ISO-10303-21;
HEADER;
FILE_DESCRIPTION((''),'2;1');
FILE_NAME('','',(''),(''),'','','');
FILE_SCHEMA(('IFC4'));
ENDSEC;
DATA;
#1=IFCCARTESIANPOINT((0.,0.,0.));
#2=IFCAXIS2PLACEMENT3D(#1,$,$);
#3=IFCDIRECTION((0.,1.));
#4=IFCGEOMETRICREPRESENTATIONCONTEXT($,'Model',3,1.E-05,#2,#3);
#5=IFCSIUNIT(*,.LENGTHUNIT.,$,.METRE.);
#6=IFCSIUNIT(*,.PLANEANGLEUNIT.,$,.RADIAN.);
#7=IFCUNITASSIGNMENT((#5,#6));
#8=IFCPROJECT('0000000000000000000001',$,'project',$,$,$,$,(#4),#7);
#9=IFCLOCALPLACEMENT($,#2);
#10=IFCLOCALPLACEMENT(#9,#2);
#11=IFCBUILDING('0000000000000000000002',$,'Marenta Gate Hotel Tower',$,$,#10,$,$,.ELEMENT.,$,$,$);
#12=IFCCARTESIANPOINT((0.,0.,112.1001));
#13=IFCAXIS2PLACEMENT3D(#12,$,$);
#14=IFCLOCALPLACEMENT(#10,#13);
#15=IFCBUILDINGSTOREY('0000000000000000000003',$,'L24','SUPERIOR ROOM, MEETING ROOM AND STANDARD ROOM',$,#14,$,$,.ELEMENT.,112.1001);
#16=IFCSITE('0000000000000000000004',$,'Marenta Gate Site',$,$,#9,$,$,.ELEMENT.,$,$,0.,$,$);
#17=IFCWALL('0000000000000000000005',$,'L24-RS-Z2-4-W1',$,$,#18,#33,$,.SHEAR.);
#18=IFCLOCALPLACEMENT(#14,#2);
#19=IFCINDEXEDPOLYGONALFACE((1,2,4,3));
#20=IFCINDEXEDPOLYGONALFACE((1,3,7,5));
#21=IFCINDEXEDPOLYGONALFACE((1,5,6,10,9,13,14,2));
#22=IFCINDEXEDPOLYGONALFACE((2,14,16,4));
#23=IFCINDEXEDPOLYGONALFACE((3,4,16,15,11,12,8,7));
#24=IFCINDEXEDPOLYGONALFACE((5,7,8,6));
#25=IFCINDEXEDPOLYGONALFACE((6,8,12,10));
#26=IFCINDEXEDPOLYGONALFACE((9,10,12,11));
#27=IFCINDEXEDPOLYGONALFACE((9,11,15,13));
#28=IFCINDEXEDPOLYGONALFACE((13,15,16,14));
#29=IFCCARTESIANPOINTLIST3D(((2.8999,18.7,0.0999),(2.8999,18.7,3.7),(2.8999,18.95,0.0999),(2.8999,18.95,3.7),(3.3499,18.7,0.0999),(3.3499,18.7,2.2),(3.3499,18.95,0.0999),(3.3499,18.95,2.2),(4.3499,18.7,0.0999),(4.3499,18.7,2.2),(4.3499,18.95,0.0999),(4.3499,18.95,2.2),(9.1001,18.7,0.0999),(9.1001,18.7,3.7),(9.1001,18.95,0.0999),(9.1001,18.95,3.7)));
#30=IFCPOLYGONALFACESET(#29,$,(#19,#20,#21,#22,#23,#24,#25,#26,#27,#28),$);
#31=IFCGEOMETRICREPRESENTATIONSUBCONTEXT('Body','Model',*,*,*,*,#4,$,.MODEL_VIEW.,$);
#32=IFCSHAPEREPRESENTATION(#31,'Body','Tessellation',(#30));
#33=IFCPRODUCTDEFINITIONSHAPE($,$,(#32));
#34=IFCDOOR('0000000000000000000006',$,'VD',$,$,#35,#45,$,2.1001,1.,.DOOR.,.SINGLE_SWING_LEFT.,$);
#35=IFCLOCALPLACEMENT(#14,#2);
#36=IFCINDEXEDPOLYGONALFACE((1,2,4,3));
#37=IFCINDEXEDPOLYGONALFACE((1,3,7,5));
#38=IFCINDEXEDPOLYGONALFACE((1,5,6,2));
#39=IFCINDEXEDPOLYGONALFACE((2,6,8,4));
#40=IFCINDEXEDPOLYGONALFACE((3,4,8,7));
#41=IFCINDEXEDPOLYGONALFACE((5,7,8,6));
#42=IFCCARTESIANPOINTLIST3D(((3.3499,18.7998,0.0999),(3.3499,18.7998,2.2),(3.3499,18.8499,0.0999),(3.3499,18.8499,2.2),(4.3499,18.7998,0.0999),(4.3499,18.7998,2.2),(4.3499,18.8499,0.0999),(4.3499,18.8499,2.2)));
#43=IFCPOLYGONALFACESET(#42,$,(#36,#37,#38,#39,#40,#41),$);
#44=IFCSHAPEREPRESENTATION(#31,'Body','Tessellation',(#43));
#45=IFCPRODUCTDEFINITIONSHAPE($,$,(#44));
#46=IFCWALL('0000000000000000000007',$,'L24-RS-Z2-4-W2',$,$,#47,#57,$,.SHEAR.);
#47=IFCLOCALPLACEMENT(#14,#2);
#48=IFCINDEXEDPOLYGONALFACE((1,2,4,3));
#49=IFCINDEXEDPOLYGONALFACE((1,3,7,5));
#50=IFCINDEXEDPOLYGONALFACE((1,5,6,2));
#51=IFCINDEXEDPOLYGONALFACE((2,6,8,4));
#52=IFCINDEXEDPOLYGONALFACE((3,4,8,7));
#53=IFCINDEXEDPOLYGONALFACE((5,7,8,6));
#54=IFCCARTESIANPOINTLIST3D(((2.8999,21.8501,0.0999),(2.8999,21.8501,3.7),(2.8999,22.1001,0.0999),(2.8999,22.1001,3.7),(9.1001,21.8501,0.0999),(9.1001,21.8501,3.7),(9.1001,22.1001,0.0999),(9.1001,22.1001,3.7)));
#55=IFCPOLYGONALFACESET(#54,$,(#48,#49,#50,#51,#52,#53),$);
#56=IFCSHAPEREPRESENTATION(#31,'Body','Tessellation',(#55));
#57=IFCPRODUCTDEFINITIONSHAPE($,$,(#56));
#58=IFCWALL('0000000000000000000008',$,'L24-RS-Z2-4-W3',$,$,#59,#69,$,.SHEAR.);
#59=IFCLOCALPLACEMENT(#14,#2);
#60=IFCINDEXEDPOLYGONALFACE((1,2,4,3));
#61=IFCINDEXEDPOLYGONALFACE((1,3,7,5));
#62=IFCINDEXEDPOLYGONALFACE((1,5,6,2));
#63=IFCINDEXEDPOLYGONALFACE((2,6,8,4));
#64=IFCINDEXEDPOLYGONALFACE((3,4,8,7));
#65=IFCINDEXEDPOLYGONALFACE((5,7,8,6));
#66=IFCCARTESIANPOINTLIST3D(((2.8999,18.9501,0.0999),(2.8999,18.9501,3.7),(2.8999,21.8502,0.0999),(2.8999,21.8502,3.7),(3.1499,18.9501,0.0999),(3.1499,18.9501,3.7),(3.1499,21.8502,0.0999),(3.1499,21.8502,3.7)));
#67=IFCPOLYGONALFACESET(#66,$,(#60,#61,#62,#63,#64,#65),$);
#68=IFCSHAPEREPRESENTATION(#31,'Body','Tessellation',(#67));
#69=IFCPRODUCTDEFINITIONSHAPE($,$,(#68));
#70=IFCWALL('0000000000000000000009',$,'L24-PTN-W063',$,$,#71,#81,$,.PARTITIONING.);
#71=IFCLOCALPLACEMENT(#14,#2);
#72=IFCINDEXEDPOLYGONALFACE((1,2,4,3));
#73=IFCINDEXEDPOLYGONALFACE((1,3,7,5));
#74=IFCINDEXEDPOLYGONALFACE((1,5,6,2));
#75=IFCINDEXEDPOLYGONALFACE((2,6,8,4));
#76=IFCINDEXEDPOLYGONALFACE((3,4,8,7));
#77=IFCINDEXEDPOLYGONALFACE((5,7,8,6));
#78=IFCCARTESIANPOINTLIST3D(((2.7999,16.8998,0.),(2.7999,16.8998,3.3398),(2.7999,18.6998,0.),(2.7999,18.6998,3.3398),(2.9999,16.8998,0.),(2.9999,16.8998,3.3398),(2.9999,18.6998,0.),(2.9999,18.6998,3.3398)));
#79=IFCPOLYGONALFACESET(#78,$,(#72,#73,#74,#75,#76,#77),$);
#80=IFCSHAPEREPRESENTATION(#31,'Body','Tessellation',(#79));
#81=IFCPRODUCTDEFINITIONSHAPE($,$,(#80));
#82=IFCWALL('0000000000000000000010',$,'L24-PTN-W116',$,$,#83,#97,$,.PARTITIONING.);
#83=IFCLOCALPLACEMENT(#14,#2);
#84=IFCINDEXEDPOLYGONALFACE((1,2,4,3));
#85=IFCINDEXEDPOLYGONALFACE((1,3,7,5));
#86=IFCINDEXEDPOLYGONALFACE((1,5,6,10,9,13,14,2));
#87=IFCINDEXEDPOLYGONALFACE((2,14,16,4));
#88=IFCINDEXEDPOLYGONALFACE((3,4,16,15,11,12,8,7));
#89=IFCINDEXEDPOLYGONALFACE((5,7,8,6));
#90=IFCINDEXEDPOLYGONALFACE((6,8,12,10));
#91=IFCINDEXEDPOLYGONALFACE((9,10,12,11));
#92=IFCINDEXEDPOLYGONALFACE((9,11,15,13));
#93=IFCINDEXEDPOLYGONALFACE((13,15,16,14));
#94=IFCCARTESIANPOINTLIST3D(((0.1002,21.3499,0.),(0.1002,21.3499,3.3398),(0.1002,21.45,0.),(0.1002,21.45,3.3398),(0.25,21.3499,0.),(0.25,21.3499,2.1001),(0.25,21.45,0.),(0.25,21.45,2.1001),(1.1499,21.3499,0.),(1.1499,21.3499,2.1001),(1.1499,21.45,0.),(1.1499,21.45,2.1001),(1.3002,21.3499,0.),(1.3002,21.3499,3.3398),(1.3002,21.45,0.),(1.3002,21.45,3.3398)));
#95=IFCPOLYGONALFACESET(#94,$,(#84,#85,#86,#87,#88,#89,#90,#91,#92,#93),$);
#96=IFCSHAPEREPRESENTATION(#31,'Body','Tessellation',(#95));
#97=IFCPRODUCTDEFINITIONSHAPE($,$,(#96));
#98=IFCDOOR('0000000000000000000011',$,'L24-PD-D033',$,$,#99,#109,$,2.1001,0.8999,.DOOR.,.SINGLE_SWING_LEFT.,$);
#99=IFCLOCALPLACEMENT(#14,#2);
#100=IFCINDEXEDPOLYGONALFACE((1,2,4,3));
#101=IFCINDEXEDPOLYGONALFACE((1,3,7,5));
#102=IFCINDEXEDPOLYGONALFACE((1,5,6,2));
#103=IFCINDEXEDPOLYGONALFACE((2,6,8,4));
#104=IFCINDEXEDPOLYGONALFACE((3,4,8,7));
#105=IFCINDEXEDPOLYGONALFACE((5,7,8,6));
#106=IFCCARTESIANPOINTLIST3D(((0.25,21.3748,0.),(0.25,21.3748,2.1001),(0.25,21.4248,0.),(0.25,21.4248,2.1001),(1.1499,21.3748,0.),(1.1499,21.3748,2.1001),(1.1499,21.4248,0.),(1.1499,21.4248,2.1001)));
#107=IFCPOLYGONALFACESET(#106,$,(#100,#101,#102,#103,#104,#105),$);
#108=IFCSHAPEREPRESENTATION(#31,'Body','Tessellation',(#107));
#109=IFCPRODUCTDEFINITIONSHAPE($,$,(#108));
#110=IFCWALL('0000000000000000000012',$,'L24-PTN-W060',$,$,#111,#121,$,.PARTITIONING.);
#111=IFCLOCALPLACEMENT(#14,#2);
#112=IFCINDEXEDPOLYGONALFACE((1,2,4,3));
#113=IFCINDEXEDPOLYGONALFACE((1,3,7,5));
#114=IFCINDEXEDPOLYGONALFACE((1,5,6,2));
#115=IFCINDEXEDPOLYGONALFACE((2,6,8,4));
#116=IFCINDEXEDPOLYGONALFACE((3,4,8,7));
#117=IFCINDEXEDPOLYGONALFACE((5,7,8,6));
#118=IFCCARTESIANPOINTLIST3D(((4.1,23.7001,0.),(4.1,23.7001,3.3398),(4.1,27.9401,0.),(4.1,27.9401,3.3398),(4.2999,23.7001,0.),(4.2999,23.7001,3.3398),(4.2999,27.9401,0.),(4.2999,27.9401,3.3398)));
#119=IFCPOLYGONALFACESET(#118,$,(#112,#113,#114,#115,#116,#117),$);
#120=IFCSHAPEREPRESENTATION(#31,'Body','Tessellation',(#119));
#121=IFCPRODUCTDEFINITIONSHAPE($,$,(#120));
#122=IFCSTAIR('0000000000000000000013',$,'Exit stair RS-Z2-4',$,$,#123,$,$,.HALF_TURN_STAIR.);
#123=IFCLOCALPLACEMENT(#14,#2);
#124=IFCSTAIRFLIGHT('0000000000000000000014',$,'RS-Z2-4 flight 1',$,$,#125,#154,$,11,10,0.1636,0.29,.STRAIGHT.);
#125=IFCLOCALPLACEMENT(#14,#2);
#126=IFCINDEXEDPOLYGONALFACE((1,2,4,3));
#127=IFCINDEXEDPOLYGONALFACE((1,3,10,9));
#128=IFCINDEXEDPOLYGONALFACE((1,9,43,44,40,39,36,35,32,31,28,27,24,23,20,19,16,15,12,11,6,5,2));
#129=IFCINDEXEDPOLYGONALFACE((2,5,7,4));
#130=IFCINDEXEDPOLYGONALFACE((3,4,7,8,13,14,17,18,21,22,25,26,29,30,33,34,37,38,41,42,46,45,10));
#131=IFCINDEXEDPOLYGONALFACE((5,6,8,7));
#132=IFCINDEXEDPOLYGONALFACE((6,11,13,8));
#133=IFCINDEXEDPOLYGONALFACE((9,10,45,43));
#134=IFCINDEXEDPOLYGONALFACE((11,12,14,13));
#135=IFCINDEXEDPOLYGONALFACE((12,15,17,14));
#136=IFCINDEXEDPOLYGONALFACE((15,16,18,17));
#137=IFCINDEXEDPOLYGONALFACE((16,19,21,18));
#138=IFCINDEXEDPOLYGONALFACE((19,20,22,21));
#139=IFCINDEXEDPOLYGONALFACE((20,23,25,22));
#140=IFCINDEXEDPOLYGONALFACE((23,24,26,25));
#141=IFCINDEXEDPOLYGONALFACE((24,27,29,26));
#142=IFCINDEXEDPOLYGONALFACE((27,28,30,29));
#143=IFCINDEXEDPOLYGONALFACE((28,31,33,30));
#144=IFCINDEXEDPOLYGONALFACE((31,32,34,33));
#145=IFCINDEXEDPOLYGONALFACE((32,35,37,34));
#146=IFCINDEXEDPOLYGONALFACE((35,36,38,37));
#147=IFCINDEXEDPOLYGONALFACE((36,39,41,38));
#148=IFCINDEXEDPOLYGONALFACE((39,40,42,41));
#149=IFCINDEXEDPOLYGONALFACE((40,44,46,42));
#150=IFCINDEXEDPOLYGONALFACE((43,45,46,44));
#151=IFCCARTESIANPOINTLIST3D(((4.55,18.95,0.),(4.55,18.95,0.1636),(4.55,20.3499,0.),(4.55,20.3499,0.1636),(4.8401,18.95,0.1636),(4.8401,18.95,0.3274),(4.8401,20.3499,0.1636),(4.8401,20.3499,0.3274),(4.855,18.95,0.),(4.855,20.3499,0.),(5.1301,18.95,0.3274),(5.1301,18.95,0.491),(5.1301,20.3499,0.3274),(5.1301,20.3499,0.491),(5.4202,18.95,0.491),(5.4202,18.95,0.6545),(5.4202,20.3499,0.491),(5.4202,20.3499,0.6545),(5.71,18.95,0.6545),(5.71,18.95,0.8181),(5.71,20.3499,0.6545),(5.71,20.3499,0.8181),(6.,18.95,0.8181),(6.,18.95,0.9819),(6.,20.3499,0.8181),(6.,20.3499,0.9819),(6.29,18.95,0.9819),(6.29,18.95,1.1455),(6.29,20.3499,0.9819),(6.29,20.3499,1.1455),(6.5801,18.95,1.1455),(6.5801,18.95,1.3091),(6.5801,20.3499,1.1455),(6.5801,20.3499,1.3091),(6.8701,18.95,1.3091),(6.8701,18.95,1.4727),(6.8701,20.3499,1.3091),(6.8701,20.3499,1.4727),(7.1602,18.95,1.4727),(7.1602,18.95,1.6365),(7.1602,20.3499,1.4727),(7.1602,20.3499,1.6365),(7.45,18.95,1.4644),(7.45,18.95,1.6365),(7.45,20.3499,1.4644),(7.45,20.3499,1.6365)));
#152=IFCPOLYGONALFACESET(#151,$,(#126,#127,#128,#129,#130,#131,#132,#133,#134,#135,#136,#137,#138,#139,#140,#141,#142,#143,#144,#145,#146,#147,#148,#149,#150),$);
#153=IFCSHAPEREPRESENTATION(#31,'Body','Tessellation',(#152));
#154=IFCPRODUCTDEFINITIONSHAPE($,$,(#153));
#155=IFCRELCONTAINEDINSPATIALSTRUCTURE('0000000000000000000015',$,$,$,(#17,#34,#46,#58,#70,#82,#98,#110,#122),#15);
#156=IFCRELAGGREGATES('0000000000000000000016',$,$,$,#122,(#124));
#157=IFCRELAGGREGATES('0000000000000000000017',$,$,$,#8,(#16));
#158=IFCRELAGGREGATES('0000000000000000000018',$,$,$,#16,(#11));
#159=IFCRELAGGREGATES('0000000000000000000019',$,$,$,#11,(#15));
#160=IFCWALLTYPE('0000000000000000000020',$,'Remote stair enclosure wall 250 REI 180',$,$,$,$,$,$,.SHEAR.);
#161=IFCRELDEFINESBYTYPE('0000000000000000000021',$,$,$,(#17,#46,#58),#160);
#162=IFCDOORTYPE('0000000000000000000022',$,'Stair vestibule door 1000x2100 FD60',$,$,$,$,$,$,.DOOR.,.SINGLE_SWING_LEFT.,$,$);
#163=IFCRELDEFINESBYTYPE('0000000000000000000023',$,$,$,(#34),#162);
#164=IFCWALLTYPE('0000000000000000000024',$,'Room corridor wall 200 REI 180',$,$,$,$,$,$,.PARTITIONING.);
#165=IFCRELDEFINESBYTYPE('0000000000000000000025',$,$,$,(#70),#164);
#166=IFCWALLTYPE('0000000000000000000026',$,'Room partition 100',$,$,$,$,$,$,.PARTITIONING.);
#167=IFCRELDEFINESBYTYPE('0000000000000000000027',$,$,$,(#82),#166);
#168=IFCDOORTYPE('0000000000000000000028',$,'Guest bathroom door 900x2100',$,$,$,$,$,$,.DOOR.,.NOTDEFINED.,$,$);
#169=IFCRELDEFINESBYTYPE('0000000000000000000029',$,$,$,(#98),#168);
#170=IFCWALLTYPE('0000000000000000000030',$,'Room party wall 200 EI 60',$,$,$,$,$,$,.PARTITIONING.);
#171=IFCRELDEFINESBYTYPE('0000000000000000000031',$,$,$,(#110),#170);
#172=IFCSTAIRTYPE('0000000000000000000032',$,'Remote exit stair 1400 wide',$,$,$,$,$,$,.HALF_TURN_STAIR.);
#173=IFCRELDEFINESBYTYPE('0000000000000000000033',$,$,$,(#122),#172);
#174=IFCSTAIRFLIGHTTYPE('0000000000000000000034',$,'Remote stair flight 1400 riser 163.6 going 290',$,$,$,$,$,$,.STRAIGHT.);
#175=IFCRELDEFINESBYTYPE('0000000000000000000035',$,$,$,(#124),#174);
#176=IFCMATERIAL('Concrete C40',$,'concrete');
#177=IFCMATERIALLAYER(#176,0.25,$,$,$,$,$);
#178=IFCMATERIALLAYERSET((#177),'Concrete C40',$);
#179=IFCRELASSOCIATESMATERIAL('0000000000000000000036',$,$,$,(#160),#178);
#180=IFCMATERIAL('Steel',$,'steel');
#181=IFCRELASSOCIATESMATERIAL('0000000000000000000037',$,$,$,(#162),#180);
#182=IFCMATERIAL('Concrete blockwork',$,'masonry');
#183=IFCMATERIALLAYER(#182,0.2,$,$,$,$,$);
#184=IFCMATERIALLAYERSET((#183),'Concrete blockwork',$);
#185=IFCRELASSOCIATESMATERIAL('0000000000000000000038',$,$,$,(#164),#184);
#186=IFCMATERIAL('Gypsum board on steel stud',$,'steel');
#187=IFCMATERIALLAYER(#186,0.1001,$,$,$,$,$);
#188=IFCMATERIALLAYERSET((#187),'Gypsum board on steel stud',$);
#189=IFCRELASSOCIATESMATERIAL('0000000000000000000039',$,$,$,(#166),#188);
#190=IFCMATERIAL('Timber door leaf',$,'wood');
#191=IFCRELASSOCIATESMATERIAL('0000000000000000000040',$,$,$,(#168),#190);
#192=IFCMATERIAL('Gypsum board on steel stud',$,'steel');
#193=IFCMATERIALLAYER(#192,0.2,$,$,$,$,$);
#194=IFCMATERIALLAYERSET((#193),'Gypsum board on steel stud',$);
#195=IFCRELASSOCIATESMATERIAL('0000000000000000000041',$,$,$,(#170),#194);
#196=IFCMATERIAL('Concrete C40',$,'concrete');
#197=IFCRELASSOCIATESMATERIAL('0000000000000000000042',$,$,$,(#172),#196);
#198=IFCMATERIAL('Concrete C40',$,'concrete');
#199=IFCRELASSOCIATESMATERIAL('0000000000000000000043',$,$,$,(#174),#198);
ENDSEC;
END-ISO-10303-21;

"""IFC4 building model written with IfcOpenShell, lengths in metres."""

from ifc_helpers import new_model, si_unit, direction, frame, frame_2d, origin, place, context, subcontext, project, spatial, polyline, rectangle, outline, extrude, material, layer, layer_set, type_object, element, fill, aggregate, save


model = new_model("IFC4")

# Units and contexts
model_context = context("Model", 3, precision=1e-05, world=origin(), true_north=direction((0.0, 1.0)))
body_context = subcontext(model_context, "Body", "Model", "MODEL_VIEW")
ifc_project = project(units=[si_unit("LENGTHUNIT", "METRE"), si_unit("PLANEANGLEUNIT", "RADIAN")], contexts=[model_context])

# Site, building, storey
site_placement = place(None, origin())
site = spatial("IfcSite", under=ifc_project, at=site_placement, Name="Marenta Gate Site", CompositionType="ELEMENT", RefElevation=0.0)
building_placement = place(site_placement, origin())
building = spatial("IfcBuilding", under=site, at=building_placement, Name="Marenta Gate Hotel Tower", CompositionType="ELEMENT")
storey_placement = place(building_placement, frame((0.0, 0.0, 112.1001)))
storey = spatial("IfcBuildingStorey", under=building, at=storey_placement, Name="L24", Description="SUPERIOR ROOM, MEETING ROOM AND STANDARD ROOM", CompositionType="ELEMENT", Elevation=112.1001)

# Wall, opening, door
ifc_material_1 = material(Name="Concrete C40", Category="concrete")
ifc_layer_1 = layer(ifc_material_1, 0.25)
ifc_layer_set_1 = layer_set([ifc_layer_1], Name="Concrete C40")
wall_type_1 = type_object("IfcWallType", Name="Remote stair enclosure wall 250 REI 180", PredefinedType="SHEAR", material=ifc_layer_set_1)
wall_1_placement = place(storey_placement, frame((2.8999, 18.825, 0.0999), z_axis=(0.0, 0.0, 1.0), x_axis=(1.0, 0.0, 0.0)))
wall_1 = element("IfcWall", 1, at=wall_1_placement, inside=storey, type_object=wall_type_1, Name="L24-RS-Z2-4-W1", PredefinedType="SHEAR", context=body_context, shape_type="SweptSolid", body=[
    extrude(rectangle(XDim=6.2002, YDim=0.25, at=frame_2d((3.1001, 0.0))), origin(), (0.0, 0.0, 1.0), 3.6001),
])
opening_1_placement = place(wall_1_placement, frame((0.45, 0.0, 0.0)))
opening_1 = element("IfcOpeningElement", 2, at=opening_1_placement, cuts=wall_1, PredefinedType="OPENING", context=body_context, shape_type="SweptSolid", body=[
    extrude(rectangle(XDim=1.0, YDim=2.1001, at=frame_2d((0.5, 1.05))), frame((0.0, 0.125, 0.0), z_axis=(0.0, -1.0, 0.0), x_axis=(1.0, 0.0, 0.0)), (0.0, 0.0, 1.0), 0.25),
])
ifc_material_2 = material(Name="Steel", Category="steel")
door_type_1 = type_object("IfcDoorType", Name="Stair vestibule door 1000x2100 FD60", OperationType="SINGLE_SWING_LEFT", PredefinedType="DOOR", material=ifc_material_2)
door_1_placement = place(opening_1_placement, origin())
door_1 = element("IfcDoor", 3, at=door_1_placement, inside=storey, type_object=door_type_1, Name="VD", OperationType="SINGLE_SWING_LEFT", OverallHeight=2.1001, OverallWidth=1.0, PredefinedType="DOOR", context=body_context, shape_type="SweptSolid", body=[
    extrude(rectangle(XDim=1.0, YDim=2.1001, at=frame_2d((0.5, 1.05))), frame((0.0, 0.0249, 0.0), z_axis=(0.0, -1.0, 0.0), x_axis=(1.0, 0.0, 0.0)), (0.0, 0.0, 1.0), 0.05),
])
fill(opening_1, door_1)

# Walls
wall_2_placement = place(storey_placement, frame((2.8999, 21.9751, 0.0999), z_axis=(0.0, 0.0, 1.0), x_axis=(1.0, 0.0, 0.0)))
element("IfcWall", 4, at=wall_2_placement, inside=storey, type_object=wall_type_1, Name="L24-RS-Z2-4-W2", PredefinedType="SHEAR", context=body_context, shape_type="SweptSolid", body=[
    extrude(rectangle(XDim=6.2002, YDim=0.25, at=frame_2d((3.1001, 0.0))), origin(), (0.0, 0.0, 1.0), 3.6001),
])
wall_3_placement = place(storey_placement, frame((3.0249, 18.95, 0.0999), z_axis=(0.0, 0.0, 1.0), x_axis=(0.0, 1.0, 0.0)))
element("IfcWall", 5, at=wall_3_placement, inside=storey, type_object=wall_type_1, Name="L24-RS-Z2-4-W3", PredefinedType="SHEAR", context=body_context, shape_type="SweptSolid", body=[
    extrude(rectangle(XDim=2.9001, YDim=0.25, at=frame_2d((1.4502, 0.0))), origin(), (0.0, 0.0, 1.0), 3.6001),
])

# Wall
ifc_material_3 = material(Name="Concrete blockwork", Category="masonry")
ifc_layer_2 = layer(ifc_material_3, 0.2)
ifc_layer_set_2 = layer_set([ifc_layer_2], Name="Concrete blockwork")
wall_type_2 = type_object("IfcWallType", Name="Room corridor wall 200 REI 180", PredefinedType="PARTITIONING", material=ifc_layer_set_2)
wall_4_placement = place(storey_placement, frame((2.8999, 16.8999, 0.0), z_axis=(0.0, 0.0, 1.0), x_axis=(0.0, 1.0, 0.0)))
element("IfcWall", 6, at=wall_4_placement, inside=storey, type_object=wall_type_2, Name="L24-PTN-W063", PredefinedType="PARTITIONING", context=body_context, shape_type="SweptSolid", body=[
    extrude(rectangle(XDim=1.8, YDim=0.2, at=frame_2d((0.8999, 0.0))), origin(), (0.0, 0.0, 1.0), 3.3398),
])

# Wall, opening, door
ifc_material_4 = material(Name="Gypsum board on steel stud", Category="steel")
ifc_layer_3 = layer(ifc_material_4, 0.1001)
ifc_layer_set_3 = layer_set([ifc_layer_3], Name="Gypsum board on steel stud")
wall_type_3 = type_object("IfcWallType", Name="Room partition 100", PredefinedType="PARTITIONING", material=ifc_layer_set_3)
wall_5_placement = place(storey_placement, frame((0.1001, 21.3999, 0.0), z_axis=(0.0, 0.0, 1.0), x_axis=(1.0, 0.0, 0.0)))
wall_5 = element("IfcWall", 7, at=wall_5_placement, inside=storey, type_object=wall_type_3, Name="L24-PTN-W116", PredefinedType="PARTITIONING", context=body_context, shape_type="SweptSolid", body=[
    extrude(rectangle(XDim=1.2, YDim=0.1001, at=frame_2d((0.6001, 0.0))), origin(), (0.0, 0.0, 1.0), 3.3398),
])
opening_2_placement = place(wall_5_placement, frame((0.1499, 0.0, 0.0)))
opening_2 = element("IfcOpeningElement", 8, at=opening_2_placement, cuts=wall_5, PredefinedType="OPENING", context=body_context, shape_type="SweptSolid", body=[
    extrude(rectangle(XDim=0.8999, YDim=2.1001, at=frame_2d((0.45, 1.05))), frame((0.0, 0.05, 0.0), z_axis=(0.0, -1.0, 0.0), x_axis=(1.0, 0.0, 0.0)), (0.0, 0.0, 1.0), 0.1001),
])
ifc_material_5 = material(Name="Timber door leaf", Category="wood")
door_type_2 = type_object("IfcDoorType", Name="Guest bathroom door 900x2100", OperationType="NOTDEFINED", PredefinedType="DOOR", material=ifc_material_5)
door_2_placement = place(opening_2_placement, origin())
door_2 = element("IfcDoor", 9, at=door_2_placement, inside=storey, type_object=door_type_2, Name="L24-PD-D033", OperationType="SINGLE_SWING_LEFT", OverallHeight=2.1001, OverallWidth=0.8999, PredefinedType="DOOR", context=body_context, shape_type="SweptSolid", body=[
    extrude(rectangle(XDim=0.8999, YDim=2.1001, at=frame_2d((0.45, 1.05))), frame((0.0, 0.0249, 0.0), z_axis=(0.0, -1.0, 0.0), x_axis=(1.0, 0.0, 0.0)), (0.0, 0.0, 1.0), 0.05),
])
fill(opening_2, door_2)

# Wall
ifc_material_6 = material(Name="Gypsum board on steel stud", Category="steel")
ifc_layer_4 = layer(ifc_material_6, 0.2)
ifc_layer_set_4 = layer_set([ifc_layer_4], Name="Gypsum board on steel stud")
wall_type_4 = type_object("IfcWallType", Name="Room party wall 200 EI 60", PredefinedType="PARTITIONING", material=ifc_layer_set_4)
wall_6_placement = place(storey_placement, frame((4.2, 23.7, 0.0), z_axis=(0.0, 0.0, 1.0), x_axis=(0.0, 1.0, 0.0)))
element("IfcWall", 10, at=wall_6_placement, inside=storey, type_object=wall_type_4, Name="L24-PTN-W060", PredefinedType="PARTITIONING", context=body_context, shape_type="SweptSolid", body=[
    extrude(rectangle(XDim=4.24, YDim=0.2, at=frame_2d((2.1201, 0.0))), origin(), (0.0, 0.0, 1.0), 3.3398),
])

# Stair, stair flight
ifc_material_7 = material(Name="Concrete C40", Category="concrete")
stair_type = type_object("IfcStairType", Name="Remote exit stair 1400 wide", PredefinedType="HALF_TURN_STAIR", material=ifc_material_7)
stair_placement = place(storey_placement, origin())
stair = element("IfcStair", 11, at=stair_placement, inside=storey, type_object=stair_type, Name="Exit stair RS-Z2-4", PredefinedType="HALF_TURN_STAIR")
ifc_material_8 = material(Name="Concrete C40", Category="concrete")
stair_flight_type = type_object("IfcStairFlightType", Name="Remote stair flight 1400 riser 163.6 going 290", PredefinedType="STRAIGHT", material=ifc_material_8)
stair_flight_placement = place(storey_placement, frame((4.55, 19.6499, 0.0), z_axis=(0.0, 0.0, 1.0), x_axis=(1.0, 0.0, 0.0)))
stair_flight = element("IfcStairFlight", 12, at=stair_flight_placement, type_object=stair_flight_type, Name="RS-Z2-4 flight 1", NumberOfRisers=11, NumberOfTreads=10, PredefinedType="STRAIGHT", RiserHeight=0.1636, TreadLength=0.29, context=body_context, shape_type="SweptSolid", body=[
    extrude(outline(polyline([(0.0, 0.0), (0.0, 0.1636), (0.29, 0.1636), (0.29, 0.3274), (0.5801, 0.3274), (0.5801, 0.491), (0.8701, 0.491), (0.8701, 0.6545), (1.1599, 0.6545), (1.1599, 0.8181), (1.45, 0.8181), (1.45, 0.9819), (1.74, 0.9819), (1.74, 1.1455), (2.03, 1.1455), (2.03, 1.3091), (2.3201, 1.3091), (2.3201, 1.4727), (2.6101, 1.4727), (2.6101, 1.6365), (2.8999, 1.6365), (2.8999, 1.8), (2.8999, 1.4644), (0.3049, 0.0), (0.0, 0.0)])), frame((0.0, 0.7, 0.0), z_axis=(0.0, -1.0, 0.0), x_axis=(1.0, 0.0, 0.0)), (0.0, 0.0, 1.0), 1.3999),
])
aggregate(stair, [stair_flight])

save(model, "model.ifc")
